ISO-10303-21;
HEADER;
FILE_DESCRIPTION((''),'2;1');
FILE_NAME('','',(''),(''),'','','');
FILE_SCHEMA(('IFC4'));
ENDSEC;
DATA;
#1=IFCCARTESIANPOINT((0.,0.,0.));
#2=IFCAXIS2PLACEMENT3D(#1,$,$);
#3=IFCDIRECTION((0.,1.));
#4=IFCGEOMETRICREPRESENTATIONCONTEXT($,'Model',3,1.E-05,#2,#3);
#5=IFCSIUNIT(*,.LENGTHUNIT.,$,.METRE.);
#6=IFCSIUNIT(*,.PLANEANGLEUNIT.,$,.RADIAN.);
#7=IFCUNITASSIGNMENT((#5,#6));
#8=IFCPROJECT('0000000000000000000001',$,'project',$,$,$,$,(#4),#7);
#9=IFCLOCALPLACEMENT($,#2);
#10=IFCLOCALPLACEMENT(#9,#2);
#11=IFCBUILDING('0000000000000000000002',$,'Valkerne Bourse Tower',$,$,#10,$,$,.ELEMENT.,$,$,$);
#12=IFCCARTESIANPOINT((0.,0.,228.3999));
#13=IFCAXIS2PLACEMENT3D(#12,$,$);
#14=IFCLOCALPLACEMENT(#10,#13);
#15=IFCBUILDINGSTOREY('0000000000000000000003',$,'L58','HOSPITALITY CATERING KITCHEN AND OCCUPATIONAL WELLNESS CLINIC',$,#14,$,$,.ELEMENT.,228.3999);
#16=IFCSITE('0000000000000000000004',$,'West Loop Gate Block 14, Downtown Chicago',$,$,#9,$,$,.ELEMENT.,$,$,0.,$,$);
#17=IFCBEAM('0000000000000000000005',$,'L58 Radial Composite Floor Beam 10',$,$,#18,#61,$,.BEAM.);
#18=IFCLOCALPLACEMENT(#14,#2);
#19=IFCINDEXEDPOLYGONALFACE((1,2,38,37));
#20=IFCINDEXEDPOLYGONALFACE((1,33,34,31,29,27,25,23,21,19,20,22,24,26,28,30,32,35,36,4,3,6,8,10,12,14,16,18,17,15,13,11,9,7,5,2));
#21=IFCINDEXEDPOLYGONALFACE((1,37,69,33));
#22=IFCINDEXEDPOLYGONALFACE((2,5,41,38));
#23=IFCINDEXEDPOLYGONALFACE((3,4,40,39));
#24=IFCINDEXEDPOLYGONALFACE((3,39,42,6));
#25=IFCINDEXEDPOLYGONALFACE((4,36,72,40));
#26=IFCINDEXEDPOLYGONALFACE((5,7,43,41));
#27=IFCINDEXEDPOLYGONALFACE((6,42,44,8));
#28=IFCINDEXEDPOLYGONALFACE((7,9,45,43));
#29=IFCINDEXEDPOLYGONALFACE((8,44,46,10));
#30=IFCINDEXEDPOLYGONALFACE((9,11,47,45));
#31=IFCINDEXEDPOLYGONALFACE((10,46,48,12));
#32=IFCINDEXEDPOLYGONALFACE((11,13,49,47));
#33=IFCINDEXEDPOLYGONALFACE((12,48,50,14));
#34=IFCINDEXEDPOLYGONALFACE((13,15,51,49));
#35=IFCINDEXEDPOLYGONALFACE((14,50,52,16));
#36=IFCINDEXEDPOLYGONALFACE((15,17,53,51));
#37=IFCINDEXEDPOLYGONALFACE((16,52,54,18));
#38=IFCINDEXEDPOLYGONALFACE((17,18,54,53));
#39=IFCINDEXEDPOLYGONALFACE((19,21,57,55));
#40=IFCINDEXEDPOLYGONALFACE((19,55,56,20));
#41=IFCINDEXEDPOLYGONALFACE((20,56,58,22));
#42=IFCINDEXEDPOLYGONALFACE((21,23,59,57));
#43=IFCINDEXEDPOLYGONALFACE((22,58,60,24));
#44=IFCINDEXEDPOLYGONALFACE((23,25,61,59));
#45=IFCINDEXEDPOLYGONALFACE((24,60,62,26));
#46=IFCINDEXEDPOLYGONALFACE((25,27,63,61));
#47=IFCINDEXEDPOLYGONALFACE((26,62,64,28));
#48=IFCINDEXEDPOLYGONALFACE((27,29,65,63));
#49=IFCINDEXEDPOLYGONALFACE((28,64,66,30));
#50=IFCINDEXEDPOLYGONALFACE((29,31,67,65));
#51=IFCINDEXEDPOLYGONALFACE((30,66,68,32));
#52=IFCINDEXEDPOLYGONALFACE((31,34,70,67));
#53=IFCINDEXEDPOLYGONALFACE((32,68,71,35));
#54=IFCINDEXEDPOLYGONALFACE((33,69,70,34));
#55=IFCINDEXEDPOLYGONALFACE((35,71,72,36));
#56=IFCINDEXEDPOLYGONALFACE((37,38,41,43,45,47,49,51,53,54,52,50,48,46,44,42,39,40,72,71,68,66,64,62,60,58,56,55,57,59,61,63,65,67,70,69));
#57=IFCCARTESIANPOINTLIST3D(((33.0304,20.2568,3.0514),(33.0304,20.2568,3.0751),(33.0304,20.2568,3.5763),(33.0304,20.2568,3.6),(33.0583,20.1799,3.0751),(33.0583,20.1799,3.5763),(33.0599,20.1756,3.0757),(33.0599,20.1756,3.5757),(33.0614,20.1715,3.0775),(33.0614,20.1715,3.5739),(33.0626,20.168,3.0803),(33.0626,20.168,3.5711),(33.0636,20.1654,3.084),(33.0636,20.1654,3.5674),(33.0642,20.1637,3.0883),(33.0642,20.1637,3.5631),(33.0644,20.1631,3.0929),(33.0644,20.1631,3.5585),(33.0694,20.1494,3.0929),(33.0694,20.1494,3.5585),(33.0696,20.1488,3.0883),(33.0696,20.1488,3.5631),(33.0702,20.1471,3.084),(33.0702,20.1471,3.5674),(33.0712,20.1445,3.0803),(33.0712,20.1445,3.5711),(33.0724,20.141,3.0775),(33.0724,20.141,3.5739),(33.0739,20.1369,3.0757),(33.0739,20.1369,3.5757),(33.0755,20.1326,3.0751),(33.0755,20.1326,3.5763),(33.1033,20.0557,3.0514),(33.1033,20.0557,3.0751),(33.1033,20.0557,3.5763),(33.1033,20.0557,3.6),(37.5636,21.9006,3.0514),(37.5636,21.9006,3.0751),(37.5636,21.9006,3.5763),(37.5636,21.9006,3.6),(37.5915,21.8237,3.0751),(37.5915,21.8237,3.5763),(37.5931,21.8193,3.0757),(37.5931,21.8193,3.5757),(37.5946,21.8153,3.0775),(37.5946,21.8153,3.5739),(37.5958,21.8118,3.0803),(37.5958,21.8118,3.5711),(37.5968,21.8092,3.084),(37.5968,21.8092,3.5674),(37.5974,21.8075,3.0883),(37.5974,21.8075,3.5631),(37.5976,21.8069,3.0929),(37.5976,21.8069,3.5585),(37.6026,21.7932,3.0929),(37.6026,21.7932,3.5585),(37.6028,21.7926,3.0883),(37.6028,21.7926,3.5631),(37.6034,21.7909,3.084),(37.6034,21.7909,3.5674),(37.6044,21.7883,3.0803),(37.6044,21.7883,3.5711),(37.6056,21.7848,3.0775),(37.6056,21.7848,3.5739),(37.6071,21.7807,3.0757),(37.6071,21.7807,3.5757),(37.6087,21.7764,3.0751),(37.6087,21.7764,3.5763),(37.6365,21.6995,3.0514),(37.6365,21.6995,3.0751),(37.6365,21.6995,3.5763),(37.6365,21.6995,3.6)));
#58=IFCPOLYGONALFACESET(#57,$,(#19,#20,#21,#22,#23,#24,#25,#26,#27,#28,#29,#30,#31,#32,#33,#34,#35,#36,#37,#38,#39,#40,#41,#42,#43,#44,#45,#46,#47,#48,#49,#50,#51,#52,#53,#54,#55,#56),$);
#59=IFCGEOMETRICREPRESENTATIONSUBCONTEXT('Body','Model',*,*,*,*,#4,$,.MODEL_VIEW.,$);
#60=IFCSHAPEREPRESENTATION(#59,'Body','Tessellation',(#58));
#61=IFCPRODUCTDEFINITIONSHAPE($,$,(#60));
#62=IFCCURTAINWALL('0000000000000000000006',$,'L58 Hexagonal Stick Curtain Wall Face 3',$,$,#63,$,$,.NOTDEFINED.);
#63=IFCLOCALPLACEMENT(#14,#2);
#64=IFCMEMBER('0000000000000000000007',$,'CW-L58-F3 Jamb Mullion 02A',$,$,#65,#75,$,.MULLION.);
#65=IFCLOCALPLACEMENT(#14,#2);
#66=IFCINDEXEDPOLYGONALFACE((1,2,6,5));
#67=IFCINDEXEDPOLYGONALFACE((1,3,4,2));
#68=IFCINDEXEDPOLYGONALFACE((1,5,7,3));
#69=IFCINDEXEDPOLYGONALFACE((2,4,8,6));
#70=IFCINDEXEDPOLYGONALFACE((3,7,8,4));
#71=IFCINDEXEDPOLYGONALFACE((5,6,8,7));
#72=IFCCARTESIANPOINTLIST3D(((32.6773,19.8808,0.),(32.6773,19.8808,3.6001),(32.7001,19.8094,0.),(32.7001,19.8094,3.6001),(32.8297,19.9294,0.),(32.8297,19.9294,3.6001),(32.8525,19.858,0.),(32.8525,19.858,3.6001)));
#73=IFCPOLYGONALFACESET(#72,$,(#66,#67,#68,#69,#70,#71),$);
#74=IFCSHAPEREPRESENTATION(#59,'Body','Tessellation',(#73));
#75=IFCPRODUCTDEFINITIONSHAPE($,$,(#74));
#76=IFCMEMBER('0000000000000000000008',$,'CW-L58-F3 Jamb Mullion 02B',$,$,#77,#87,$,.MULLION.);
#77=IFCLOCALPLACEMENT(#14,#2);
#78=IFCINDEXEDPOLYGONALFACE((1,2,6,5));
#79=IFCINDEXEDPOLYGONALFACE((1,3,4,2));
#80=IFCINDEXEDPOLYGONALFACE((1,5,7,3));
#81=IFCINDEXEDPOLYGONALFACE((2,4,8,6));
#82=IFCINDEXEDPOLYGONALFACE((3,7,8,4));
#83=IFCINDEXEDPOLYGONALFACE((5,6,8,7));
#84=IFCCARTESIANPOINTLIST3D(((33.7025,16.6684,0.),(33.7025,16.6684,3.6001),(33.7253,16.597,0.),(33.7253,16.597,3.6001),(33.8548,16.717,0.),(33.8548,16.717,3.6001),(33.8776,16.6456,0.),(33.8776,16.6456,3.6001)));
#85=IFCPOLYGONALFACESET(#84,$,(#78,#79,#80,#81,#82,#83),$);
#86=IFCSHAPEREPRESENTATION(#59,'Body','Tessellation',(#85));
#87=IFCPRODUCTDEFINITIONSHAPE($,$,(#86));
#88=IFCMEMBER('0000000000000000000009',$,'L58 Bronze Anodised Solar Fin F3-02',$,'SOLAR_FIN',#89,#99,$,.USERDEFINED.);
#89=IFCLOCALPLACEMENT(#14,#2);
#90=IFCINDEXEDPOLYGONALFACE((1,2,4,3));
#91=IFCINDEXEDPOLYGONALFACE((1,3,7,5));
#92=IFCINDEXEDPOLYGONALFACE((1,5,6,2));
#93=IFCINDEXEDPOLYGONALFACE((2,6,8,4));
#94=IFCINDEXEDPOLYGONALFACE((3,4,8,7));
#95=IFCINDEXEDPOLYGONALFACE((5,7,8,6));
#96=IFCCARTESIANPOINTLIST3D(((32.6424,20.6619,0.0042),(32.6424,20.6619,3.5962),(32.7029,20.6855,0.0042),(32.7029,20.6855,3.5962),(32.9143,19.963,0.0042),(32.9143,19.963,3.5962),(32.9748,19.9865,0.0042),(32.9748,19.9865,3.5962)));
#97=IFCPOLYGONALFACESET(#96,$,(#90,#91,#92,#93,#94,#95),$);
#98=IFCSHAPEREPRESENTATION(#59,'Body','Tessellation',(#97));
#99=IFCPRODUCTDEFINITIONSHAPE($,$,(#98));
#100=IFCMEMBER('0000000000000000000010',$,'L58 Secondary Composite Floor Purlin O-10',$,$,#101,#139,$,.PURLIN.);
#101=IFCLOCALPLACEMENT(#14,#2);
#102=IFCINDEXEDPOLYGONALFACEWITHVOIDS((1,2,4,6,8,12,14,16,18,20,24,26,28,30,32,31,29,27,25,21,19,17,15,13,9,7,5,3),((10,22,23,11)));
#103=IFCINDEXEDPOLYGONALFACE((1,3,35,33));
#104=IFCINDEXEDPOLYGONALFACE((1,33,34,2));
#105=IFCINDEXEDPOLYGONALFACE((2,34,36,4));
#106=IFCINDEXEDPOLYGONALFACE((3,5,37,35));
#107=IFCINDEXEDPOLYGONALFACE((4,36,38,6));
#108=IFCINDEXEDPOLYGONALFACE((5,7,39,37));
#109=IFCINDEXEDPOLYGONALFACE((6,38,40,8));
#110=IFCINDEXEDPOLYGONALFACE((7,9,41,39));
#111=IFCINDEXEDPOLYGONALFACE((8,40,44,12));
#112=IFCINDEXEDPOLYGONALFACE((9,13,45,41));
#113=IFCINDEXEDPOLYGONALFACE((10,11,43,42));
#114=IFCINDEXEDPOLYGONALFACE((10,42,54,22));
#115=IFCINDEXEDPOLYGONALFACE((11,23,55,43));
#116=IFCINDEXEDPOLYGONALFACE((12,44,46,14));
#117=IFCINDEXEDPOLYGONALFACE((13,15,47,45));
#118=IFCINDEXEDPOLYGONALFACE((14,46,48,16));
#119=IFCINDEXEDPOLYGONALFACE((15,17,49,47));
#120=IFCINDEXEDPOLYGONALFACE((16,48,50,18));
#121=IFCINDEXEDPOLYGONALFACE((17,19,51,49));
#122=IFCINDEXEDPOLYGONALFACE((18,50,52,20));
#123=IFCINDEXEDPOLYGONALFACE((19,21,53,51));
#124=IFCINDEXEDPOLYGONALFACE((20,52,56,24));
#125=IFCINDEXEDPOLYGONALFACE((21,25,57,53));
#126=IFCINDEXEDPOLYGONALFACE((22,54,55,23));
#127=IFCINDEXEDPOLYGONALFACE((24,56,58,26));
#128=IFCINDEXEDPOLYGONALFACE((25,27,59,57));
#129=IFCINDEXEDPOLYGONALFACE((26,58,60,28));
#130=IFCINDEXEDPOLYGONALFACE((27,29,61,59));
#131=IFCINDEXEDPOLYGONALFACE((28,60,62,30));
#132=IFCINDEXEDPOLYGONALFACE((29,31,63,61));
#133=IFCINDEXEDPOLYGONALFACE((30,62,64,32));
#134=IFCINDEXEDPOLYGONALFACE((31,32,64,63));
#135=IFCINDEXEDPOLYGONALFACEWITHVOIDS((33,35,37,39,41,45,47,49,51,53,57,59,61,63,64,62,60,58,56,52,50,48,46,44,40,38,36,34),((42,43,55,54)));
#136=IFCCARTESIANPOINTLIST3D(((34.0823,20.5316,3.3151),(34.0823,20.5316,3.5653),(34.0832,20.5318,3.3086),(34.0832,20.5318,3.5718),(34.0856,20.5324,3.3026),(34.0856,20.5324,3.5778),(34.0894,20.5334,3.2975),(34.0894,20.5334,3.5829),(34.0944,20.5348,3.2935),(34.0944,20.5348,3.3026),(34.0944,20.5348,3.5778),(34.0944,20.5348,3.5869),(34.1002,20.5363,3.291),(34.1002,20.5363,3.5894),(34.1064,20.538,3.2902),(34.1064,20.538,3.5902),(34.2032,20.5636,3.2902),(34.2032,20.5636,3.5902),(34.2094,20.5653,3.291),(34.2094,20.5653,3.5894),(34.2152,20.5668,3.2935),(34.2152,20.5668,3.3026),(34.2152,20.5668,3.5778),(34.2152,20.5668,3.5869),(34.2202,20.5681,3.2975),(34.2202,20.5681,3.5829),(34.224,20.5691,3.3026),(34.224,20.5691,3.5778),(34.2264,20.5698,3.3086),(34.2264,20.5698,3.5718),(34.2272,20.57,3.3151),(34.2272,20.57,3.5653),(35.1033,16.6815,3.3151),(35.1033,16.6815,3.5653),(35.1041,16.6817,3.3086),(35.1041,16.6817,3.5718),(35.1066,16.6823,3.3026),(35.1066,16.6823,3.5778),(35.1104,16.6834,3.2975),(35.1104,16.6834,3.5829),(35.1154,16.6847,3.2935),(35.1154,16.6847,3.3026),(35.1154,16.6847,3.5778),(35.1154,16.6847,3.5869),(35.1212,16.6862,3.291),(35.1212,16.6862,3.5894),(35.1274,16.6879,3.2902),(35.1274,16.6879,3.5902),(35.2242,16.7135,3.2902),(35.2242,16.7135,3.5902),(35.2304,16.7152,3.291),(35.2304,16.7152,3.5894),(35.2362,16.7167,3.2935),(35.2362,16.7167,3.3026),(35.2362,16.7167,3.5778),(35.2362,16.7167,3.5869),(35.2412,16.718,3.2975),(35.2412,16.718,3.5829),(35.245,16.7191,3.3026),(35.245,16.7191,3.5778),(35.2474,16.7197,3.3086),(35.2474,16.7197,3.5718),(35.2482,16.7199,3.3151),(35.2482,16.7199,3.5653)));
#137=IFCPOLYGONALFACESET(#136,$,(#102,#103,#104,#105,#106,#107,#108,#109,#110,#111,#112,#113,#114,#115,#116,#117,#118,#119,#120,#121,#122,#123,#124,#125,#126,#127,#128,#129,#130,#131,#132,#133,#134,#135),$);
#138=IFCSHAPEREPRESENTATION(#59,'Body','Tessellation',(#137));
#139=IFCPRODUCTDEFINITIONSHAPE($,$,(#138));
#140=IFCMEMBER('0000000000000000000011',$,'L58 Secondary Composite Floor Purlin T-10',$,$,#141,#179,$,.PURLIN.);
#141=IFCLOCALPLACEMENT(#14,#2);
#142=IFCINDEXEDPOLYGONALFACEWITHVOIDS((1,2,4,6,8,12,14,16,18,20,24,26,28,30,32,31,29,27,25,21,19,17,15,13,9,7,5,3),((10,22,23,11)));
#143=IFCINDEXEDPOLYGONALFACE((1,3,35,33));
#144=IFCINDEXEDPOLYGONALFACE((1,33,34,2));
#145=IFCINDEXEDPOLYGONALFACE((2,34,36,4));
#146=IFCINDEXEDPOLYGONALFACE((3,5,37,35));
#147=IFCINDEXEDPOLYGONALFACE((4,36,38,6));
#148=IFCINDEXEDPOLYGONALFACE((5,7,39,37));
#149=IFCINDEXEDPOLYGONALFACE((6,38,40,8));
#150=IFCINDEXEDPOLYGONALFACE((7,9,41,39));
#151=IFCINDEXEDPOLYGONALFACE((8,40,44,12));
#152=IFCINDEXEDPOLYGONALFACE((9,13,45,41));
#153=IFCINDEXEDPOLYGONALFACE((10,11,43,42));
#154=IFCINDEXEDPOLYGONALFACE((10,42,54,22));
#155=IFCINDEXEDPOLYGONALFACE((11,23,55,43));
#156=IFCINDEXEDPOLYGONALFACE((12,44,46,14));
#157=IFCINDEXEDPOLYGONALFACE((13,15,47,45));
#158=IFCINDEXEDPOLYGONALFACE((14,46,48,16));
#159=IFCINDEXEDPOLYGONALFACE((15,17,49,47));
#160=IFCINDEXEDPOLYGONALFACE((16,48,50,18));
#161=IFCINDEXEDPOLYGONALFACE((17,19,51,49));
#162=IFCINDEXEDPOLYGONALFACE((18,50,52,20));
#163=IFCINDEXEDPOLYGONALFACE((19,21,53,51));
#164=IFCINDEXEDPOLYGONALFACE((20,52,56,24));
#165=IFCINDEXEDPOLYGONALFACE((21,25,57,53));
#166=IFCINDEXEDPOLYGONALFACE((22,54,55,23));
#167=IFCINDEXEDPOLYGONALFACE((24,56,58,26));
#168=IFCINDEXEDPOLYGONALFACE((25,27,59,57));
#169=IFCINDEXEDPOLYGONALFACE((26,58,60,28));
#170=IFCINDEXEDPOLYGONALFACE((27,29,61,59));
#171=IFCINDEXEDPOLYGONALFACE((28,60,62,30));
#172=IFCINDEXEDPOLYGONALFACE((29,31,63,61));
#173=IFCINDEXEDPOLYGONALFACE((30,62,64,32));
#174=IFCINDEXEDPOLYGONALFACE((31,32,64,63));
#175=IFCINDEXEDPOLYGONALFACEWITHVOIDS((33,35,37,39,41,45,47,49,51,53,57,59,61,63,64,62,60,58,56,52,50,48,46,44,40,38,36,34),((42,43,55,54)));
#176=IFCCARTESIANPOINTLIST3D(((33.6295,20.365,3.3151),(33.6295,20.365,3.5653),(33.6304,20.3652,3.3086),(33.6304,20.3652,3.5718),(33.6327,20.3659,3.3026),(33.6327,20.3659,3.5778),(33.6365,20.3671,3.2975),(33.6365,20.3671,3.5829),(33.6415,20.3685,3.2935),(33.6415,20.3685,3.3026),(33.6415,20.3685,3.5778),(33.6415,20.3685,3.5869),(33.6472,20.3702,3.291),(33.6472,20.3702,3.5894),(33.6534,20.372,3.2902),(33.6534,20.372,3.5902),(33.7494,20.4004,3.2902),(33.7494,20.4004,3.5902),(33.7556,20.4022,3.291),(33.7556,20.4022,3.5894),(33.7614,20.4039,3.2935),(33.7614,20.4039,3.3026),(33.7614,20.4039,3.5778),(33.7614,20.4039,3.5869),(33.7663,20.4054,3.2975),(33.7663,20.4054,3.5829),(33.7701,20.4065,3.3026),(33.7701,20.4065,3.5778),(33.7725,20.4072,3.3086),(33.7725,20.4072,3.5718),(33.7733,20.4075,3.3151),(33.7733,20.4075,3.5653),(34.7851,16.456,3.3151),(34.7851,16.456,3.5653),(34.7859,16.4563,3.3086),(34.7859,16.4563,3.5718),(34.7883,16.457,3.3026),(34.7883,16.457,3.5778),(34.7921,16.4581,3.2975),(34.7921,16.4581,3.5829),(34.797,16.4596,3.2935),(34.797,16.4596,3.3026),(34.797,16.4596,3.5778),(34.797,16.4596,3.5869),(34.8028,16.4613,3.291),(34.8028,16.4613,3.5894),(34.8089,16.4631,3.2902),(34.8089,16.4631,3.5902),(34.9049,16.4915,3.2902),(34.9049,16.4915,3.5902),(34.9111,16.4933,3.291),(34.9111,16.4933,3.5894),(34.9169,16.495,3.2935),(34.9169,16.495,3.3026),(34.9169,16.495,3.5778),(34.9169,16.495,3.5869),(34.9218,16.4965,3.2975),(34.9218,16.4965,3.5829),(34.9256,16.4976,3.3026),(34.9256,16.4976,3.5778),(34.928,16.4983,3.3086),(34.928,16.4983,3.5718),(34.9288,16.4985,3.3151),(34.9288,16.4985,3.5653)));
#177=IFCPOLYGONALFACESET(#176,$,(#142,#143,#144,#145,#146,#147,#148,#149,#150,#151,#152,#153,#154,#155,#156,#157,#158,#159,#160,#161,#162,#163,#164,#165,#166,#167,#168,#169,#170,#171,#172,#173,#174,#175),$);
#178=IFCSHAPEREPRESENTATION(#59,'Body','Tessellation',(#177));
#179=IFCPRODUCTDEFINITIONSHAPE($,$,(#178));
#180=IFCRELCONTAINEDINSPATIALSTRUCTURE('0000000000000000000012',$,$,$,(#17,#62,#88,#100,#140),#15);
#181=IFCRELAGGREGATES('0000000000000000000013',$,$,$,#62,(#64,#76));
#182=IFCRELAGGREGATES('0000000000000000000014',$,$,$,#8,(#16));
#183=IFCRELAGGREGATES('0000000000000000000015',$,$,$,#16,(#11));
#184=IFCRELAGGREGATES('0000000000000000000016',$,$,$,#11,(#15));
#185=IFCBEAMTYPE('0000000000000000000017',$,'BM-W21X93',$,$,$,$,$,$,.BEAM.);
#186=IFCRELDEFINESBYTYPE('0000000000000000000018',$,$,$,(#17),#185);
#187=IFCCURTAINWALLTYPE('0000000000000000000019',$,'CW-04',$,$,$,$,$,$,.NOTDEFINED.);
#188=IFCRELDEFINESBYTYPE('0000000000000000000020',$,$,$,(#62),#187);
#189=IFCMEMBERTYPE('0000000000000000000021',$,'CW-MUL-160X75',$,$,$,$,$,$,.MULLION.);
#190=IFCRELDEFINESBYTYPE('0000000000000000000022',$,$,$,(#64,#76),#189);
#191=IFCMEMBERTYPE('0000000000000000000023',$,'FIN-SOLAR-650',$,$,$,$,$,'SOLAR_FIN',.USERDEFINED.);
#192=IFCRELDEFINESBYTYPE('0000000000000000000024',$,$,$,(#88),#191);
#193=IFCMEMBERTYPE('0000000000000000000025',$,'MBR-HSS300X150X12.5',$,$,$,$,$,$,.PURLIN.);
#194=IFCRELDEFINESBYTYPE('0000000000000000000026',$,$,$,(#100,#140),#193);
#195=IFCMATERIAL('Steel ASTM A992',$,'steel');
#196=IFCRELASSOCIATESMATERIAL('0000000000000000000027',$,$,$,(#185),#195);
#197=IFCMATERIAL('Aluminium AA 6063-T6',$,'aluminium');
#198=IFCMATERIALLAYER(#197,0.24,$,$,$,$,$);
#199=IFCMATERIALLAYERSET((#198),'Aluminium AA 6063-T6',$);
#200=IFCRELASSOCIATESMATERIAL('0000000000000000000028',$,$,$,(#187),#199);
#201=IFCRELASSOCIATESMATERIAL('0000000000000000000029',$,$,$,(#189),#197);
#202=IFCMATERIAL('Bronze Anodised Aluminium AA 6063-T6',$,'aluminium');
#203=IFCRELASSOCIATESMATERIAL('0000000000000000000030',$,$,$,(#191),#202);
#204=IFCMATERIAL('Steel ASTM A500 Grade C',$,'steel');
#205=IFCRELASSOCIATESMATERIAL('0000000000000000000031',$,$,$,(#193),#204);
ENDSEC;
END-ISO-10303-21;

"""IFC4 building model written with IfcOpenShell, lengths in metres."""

from ifc_helpers import new_model, si_unit, direction, frame, origin, origin_2d, place, context, subcontext, project, spatial, rectangle, hollow_rectangle, i_section, extrude, material, layer, layer_set, material_profile, profile_set, type_object, element, aggregate, save


model = new_model("IFC4")

# Units and contexts
model_context = context("Model", 3, precision=1e-05, world=origin(), true_north=direction((0.0, 1.0)))
body_context = subcontext(model_context, "Body", "Model", "MODEL_VIEW")
ifc_project = project(units=[si_unit("LENGTHUNIT", "METRE"), si_unit("PLANEANGLEUNIT", "RADIAN")], contexts=[model_context])

# Site, building, storey
site_placement = place(None, origin())
site = spatial("IfcSite", under=ifc_project, at=site_placement, Name="West Loop Gate Block 14, Downtown Chicago", CompositionType="ELEMENT", RefElevation=0.0)
building_placement = place(site_placement, origin())
building = spatial("IfcBuilding", under=site, at=building_placement, Name="Valkerne Bourse Tower", CompositionType="ELEMENT")
storey_placement = place(building_placement, frame((0.0, 0.0, 228.3999)))
storey = spatial("IfcBuildingStorey", under=building, at=storey_placement, Name="L58", Description="HOSPITALITY CATERING KITCHEN AND OCCUPATIONAL WELLNESS CLINIC", CompositionType="ELEMENT", Elevation=228.3999)

# Beam
ifc_material_1 = material(Name="Steel ASTM A992", Category="steel")
ifc_material_profile_1 = material_profile(ifc_material_1, i_section(OverallWidth=0.2139, OverallDepth=0.5486, WebThickness=0.0146, FlangeThickness=0.0237, FilletRadius=0.0178, at=origin_2d()), Name="W21X93")
ifc_profile_set_1 = profile_set([ifc_material_profile_1], Name="Steel ASTM A992")
beam_type_1 = type_object("IfcBeamType", Name="BM-W21X93", PredefinedType="BEAM", material=ifc_profile_set_1)
beam_1_placement = place(storey_placement, frame((33.0669, 20.1562, 3.3257), z_axis=(0.940102, 0.340893, 0.0), x_axis=(-0.340893, 0.940102, 0.0)))
element("IfcBeam", 1, at=beam_1_placement, inside=storey, type_object=beam_type_1, Name="L58 Radial Composite Floor Beam 10", PredefinedType="BEAM", context=body_context, shape_type="SweptSolid", body=[
    extrude(i_section(OverallWidth=0.2139, OverallDepth=0.5486, WebThickness=0.0146, FlangeThickness=0.0237, FilletRadius=0.0178, at=origin_2d()), origin(), (0.0, 0.0, 1.0), 4.822),
])

# Curtain wall, members
ifc_material_2 = material(Name="Aluminium AA 6063-T6", Category="aluminium")
ifc_layer_1 = layer(ifc_material_2, 0.24)
ifc_layer_set_1 = layer_set([ifc_layer_1], Name="Aluminium AA 6063-T6")
curtain_wall_type = type_object("IfcCurtainWallType", Name="CW-04", PredefinedType="NOTDEFINED", material=ifc_layer_set_1)
curtain_wall_placement = place(storey_placement, origin())
curtain_wall = element("IfcCurtainWall", 2, at=curtain_wall_placement, inside=storey, type_object=curtain_wall_type, Name="L58 Hexagonal Stick Curtain Wall Face 3", PredefinedType="NOTDEFINED")
ifc_material_profile_2 = material_profile(ifc_material_2, rectangle(XDim=0.075, YDim=0.1599, at=origin_2d()), Name="CWM-75X160")
ifc_profile_set_2 = profile_set([ifc_material_profile_2], Name="Aluminium AA 6063-T6")
member_type_1 = type_object("IfcMemberType", Name="CW-MUL-160X75", PredefinedType="MULLION", material=ifc_profile_set_2)
member_1_placement = place(storey_placement, frame((32.7649, 19.8694, 0.0), z_axis=(0.0, 0.0, 1.0), x_axis=(0.304037, -0.95266, 0.0)))
member_1 = element("IfcMember", 3, at=member_1_placement, type_object=member_type_1, Name="CW-L58-F3 Jamb Mullion 02A", PredefinedType="MULLION", context=body_context, shape_type="SweptSolid", body=[
    extrude(rectangle(XDim=0.075, YDim=0.1599, at=origin_2d()), origin(), (0.0, 0.0, 1.0), 3.6001),
])
member_2_placement = place(storey_placement, frame((33.79, 16.657, 0.0), z_axis=(0.0, 0.0, 1.0), x_axis=(0.304037, -0.95266, 0.0)))
member_2 = element("IfcMember", 4, at=member_2_placement, type_object=member_type_1, Name="CW-L58-F3 Jamb Mullion 02B", PredefinedType="MULLION", context=body_context, shape_type="SweptSolid", body=[
    extrude(rectangle(XDim=0.075, YDim=0.1599, at=origin_2d()), origin(), (0.0, 0.0, 1.0), 3.6001),
])

# Members
ifc_material_3 = material(Name="Bronze Anodised Aluminium AA 6063-T6", Category="aluminium")
ifc_material_profile_3 = material_profile(ifc_material_3, rectangle(XDim=0.0649, YDim=0.75, at=origin_2d()), Name="FIN-65X750")
ifc_profile_set_3 = profile_set([ifc_material_profile_3], Name="Bronze Anodised Aluminium AA 6063-T6")
member_type_2 = type_object("IfcMemberType", Name="FIN-SOLAR-650", ElementType="SOLAR_FIN", PredefinedType="USERDEFINED", material=ifc_profile_set_3)
member_3_placement = place(storey_placement, frame((32.8086, 20.3242, 0.0042), z_axis=(0.0, 0.0, 1.0), x_axis=(-0.93199, -0.362485, 0.0)))
element("IfcMember", 5, at=member_3_placement, inside=storey, type_object=member_type_2, Name="L58 Bronze Anodised Solar Fin F3-02", ObjectType="SOLAR_FIN", PredefinedType="USERDEFINED", context=body_context, shape_type="SweptSolid", body=[
    extrude(rectangle(XDim=0.0649, YDim=0.75, at=origin_2d()), origin(), (0.0, 0.0, 1.0), 3.592),
])
ifc_material_4 = material(Name="Steel ASTM A500 Grade C", Category="steel")
ifc_material_profile_4 = material_profile(ifc_material_4, hollow_rectangle(XDim=0.1499, YDim=0.3, WallThickness=0.0125, OuterFilletRadius=0.0249, at=origin_2d()), Name="HSS300X150X12.5")
ifc_profile_set_4 = profile_set([ifc_material_profile_4], Name="Steel ASTM A500 Grade C")
member_type_3 = type_object("IfcMemberType", Name="MBR-HSS300X150X12.5", PredefinedType="PURLIN", material=ifc_profile_set_4)
member_4_placement = place(storey_placement, frame((34.1548, 20.5508, 3.4402), z_axis=(0.256327, -0.96659, 0.0), x_axis=(0.96659, 0.256327, 0.0)))
element("IfcMember", 6, at=member_4_placement, inside=storey, type_object=member_type_3, Name="L58 Secondary Composite Floor Purlin O-10", PredefinedType="PURLIN", context=body_context, shape_type="SweptSolid", body=[
    extrude(hollow_rectangle(XDim=0.1499, YDim=0.3, WallThickness=0.0125, OuterFilletRadius=0.0249, at=origin_2d()), origin(), (0.0, 0.0, 1.0), 3.9832),
])
member_5_placement = place(storey_placement, frame((33.7014, 20.3862, 3.4402), z_axis=(0.283483, -0.958977, 0.0), x_axis=(0.958977, 0.283483, 0.0)))
element("IfcMember", 7, at=member_5_placement, inside=storey, type_object=member_type_3, Name="L58 Secondary Composite Floor Purlin T-10", PredefinedType="PURLIN", context=body_context, shape_type="SweptSolid", body=[
    extrude(hollow_rectangle(XDim=0.1499, YDim=0.3, WallThickness=0.0125, OuterFilletRadius=0.0249, at=origin_2d()), origin(), (0.0, 0.0, 1.0), 4.0762),
])

aggregate(curtain_wall, [member_1, member_2])

save(model, "model.ifc")
